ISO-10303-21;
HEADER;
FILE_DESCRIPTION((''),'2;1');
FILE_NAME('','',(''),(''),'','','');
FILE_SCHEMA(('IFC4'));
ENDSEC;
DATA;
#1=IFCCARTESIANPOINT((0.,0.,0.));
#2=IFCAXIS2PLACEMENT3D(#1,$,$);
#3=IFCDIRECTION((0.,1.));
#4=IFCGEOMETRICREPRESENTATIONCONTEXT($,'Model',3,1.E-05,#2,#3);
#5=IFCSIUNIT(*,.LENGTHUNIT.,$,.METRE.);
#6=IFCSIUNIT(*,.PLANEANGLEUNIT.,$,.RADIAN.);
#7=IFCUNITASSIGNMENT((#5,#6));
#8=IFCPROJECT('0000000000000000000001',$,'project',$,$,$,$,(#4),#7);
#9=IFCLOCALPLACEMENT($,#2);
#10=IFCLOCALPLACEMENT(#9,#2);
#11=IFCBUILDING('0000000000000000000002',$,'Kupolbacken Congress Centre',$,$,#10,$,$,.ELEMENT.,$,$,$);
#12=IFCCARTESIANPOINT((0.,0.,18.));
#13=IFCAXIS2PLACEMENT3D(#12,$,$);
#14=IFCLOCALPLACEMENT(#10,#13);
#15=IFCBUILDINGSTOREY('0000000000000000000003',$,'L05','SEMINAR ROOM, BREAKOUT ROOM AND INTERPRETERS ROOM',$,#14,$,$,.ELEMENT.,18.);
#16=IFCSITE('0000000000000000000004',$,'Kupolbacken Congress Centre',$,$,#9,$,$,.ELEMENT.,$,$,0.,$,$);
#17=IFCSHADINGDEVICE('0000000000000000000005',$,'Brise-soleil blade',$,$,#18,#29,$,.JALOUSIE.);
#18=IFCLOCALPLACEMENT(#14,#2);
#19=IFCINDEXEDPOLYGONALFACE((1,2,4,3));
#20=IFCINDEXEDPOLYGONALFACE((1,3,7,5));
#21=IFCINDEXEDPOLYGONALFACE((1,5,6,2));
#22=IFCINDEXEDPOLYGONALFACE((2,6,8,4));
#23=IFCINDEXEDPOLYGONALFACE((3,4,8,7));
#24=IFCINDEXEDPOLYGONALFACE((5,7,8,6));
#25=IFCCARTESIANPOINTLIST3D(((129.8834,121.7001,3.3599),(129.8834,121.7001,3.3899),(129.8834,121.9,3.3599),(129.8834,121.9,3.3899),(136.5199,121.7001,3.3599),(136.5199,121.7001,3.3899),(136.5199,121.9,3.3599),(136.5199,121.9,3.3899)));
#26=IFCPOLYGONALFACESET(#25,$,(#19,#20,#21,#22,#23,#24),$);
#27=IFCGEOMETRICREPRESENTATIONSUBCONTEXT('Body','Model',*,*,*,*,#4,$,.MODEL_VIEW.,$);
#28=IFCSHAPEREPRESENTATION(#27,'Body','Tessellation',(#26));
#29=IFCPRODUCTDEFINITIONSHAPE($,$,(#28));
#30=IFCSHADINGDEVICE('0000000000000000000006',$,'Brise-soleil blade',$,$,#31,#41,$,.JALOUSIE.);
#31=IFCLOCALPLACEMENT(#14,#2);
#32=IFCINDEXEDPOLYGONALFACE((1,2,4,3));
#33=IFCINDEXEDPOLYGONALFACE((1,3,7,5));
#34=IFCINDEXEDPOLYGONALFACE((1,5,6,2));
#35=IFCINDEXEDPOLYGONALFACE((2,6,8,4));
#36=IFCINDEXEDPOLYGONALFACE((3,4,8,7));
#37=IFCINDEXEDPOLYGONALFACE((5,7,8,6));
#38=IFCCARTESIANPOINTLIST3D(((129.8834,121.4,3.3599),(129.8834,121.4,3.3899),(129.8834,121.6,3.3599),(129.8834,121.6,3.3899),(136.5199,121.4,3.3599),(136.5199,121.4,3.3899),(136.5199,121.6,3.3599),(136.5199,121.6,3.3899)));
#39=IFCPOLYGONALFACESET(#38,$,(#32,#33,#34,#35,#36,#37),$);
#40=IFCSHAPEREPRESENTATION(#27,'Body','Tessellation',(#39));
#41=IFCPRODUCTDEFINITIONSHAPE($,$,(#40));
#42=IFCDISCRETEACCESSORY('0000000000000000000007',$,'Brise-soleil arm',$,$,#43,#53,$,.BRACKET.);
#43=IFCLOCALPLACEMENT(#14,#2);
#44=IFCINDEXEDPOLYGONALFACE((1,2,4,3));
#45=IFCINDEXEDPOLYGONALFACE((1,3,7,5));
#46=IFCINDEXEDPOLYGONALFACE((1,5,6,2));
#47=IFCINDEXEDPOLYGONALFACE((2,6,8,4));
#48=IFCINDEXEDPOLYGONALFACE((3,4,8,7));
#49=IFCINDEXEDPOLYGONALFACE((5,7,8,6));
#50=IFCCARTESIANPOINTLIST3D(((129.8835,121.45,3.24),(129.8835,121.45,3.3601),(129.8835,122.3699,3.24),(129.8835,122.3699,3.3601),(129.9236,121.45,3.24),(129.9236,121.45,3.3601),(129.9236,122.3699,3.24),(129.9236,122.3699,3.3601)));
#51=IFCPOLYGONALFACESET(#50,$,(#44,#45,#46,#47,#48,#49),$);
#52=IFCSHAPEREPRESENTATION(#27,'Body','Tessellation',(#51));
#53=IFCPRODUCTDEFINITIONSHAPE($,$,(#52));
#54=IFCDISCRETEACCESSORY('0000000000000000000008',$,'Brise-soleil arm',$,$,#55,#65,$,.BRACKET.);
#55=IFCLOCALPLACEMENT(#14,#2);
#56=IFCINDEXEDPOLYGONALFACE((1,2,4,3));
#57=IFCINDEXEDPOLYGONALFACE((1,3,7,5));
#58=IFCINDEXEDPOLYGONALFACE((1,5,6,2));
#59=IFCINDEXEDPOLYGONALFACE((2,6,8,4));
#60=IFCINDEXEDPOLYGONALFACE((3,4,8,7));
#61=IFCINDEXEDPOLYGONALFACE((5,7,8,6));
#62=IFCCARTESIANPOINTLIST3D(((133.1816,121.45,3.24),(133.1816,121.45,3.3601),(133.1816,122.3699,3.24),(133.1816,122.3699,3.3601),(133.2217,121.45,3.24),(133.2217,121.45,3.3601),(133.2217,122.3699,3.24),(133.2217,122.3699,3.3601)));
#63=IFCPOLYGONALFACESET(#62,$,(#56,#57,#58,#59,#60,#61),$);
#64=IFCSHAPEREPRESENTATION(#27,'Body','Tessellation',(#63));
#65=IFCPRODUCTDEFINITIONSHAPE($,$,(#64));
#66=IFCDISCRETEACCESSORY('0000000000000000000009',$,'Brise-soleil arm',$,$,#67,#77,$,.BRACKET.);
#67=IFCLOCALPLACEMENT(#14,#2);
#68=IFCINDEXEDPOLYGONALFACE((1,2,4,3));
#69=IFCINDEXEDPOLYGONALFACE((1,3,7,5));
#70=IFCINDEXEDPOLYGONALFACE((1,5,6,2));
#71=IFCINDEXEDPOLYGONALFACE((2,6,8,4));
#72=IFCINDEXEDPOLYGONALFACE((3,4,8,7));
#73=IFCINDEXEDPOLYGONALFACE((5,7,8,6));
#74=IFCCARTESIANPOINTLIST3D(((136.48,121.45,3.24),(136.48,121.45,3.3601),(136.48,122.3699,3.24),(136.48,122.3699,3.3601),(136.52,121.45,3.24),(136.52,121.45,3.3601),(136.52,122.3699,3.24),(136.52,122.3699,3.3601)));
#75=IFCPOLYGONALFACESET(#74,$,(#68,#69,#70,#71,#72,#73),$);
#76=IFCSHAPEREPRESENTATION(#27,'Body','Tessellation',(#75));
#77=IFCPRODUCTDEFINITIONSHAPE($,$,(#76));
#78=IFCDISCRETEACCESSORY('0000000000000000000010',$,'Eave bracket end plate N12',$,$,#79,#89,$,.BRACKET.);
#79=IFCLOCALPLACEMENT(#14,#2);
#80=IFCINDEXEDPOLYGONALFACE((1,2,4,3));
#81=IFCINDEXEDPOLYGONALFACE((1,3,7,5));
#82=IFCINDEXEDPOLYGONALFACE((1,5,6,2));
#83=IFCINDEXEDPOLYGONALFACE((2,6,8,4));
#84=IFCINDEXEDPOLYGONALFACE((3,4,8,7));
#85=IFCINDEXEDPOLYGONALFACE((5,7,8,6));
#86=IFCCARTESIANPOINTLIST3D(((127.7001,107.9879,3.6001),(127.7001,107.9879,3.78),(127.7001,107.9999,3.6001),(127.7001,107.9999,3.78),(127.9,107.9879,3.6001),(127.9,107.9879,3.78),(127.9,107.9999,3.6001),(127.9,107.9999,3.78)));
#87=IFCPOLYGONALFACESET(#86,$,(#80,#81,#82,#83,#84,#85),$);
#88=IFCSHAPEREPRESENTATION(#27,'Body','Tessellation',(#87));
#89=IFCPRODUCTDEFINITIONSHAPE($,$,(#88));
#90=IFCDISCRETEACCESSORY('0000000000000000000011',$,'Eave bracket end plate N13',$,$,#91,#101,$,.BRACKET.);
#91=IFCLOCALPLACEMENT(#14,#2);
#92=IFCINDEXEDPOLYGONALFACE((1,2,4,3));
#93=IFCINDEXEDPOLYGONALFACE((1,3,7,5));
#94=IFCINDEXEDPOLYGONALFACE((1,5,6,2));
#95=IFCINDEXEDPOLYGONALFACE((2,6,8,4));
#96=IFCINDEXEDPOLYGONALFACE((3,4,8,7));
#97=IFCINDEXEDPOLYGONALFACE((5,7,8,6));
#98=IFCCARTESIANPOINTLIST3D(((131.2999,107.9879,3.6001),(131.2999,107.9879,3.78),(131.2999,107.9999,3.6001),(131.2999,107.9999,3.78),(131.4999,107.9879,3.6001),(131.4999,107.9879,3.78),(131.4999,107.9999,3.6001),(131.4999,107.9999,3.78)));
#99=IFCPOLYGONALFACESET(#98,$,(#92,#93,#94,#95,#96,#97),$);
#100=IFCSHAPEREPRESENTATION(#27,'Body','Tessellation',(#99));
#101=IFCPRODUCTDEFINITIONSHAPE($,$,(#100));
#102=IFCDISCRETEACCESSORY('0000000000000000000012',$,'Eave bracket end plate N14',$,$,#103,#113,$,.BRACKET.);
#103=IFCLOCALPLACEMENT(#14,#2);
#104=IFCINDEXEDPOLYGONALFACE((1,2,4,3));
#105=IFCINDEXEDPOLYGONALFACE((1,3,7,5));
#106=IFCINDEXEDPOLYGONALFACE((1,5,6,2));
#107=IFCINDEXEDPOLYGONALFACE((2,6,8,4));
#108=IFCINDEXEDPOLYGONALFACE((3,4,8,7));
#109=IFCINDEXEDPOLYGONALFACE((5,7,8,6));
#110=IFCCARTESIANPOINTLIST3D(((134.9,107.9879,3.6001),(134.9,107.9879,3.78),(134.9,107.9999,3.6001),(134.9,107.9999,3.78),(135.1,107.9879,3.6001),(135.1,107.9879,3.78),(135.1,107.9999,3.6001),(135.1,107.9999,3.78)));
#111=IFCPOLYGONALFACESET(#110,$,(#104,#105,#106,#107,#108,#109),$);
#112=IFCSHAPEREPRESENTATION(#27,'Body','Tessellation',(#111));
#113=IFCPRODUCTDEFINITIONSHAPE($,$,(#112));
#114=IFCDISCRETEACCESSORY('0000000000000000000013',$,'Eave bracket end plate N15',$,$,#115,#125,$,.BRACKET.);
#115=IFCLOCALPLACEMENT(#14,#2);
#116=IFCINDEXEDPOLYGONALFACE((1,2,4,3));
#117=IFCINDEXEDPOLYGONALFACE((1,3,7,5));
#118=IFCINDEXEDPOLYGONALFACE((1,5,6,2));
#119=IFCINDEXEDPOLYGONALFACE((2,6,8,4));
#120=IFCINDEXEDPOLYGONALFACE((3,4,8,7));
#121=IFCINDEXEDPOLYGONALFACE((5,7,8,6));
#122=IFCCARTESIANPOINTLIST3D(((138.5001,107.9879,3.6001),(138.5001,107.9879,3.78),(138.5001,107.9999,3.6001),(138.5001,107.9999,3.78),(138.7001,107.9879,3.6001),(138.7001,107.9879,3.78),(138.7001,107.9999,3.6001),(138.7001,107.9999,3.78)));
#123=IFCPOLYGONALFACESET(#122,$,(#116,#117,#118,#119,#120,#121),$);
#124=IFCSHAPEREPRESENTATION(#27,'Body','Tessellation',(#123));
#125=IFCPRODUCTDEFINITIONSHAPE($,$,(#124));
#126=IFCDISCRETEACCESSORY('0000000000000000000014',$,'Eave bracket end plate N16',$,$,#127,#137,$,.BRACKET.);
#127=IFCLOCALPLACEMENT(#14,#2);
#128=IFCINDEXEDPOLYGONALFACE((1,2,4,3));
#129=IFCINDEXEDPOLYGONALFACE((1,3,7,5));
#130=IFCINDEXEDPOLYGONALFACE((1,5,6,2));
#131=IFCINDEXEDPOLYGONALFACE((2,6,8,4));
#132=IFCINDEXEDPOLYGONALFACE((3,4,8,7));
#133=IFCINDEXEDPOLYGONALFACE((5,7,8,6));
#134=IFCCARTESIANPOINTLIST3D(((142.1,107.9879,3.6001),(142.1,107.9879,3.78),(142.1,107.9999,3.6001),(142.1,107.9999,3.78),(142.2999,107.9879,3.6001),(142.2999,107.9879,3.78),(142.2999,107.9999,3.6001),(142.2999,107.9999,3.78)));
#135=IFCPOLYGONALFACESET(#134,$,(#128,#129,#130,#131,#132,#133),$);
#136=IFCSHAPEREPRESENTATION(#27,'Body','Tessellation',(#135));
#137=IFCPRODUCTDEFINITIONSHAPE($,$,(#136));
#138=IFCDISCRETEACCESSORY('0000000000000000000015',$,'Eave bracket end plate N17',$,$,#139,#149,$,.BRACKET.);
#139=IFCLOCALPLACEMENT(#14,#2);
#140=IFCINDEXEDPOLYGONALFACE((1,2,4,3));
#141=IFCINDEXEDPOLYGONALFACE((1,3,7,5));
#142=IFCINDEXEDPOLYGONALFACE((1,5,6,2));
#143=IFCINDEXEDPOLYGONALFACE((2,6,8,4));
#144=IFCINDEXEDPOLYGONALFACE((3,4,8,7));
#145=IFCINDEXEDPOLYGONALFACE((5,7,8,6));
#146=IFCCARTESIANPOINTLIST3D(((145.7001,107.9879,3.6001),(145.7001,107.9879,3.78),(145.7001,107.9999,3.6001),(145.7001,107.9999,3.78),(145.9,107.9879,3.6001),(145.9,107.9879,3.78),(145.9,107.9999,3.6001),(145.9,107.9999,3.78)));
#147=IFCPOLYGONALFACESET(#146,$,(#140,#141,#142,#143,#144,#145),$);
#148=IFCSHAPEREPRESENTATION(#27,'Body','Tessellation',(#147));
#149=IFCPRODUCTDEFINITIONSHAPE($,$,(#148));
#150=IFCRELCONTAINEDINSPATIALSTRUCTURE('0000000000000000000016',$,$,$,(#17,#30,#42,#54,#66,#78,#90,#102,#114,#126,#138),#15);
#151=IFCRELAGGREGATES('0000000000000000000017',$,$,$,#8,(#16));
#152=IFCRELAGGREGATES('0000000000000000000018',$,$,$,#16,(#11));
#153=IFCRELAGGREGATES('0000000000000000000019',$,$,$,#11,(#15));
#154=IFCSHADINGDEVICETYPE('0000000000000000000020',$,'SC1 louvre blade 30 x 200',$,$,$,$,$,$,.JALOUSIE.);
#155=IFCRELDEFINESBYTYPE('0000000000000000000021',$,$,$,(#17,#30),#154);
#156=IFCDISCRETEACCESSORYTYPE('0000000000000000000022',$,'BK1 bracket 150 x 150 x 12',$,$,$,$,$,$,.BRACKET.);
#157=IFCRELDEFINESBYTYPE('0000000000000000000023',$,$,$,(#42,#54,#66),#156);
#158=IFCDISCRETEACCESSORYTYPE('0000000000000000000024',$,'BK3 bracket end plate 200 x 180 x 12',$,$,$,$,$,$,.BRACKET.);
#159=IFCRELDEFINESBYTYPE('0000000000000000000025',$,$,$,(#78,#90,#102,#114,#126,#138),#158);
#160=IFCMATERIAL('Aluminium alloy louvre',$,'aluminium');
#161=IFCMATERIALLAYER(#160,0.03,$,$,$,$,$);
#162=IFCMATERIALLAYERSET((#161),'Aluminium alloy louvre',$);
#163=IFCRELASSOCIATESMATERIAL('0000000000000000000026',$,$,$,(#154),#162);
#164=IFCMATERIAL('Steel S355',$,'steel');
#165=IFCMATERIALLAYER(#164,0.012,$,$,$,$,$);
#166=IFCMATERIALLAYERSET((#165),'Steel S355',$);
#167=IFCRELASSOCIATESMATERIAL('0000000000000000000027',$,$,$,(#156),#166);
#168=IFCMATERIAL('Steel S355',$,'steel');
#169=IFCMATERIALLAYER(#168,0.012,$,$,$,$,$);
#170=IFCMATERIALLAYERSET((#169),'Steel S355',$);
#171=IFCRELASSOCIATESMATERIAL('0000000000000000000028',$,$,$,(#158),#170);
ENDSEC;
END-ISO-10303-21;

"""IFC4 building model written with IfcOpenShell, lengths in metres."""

from ifc_helpers import new_model, si_unit, direction, frame, origin, origin_2d, place, context, subcontext, project, spatial, rectangle, extrude, material, layer, layer_set, type_object, element, save


model = new_model("IFC4")

# Units and contexts
model_context = context("Model", 3, precision=1e-05, world=origin(), true_north=direction((0.0, 1.0)))
body_context = subcontext(model_context, "Body", "Model", "MODEL_VIEW")
ifc_project = project(units=[si_unit("LENGTHUNIT", "METRE"), si_unit("PLANEANGLEUNIT", "RADIAN")], contexts=[model_context])

# Site, building, storey
site_placement = place(None, origin())
site = spatial("IfcSite", under=ifc_project, at=site_placement, Name="Kupolbacken Congress Centre", CompositionType="ELEMENT", RefElevation=0.0)
building_placement = place(site_placement, origin())
building = spatial("IfcBuilding", under=site, at=building_placement, Name="Kupolbacken Congress Centre", CompositionType="ELEMENT")
storey_placement = place(building_placement, frame((0.0, 0.0, 18.0)))
storey = spatial("IfcBuildingStorey", under=building, at=storey_placement, Name="L05", Description="SEMINAR ROOM, BREAKOUT ROOM AND INTERPRETERS ROOM", CompositionType="ELEMENT", Elevation=18.0)

# Shading devices
ifc_material_1 = material(Name="Aluminium alloy louvre", Category="aluminium")
ifc_layer_1 = layer(ifc_material_1, 0.03)
ifc_layer_set_1 = layer_set([ifc_layer_1], Name="Aluminium alloy louvre")
shading_device_type = type_object("IfcShadingDeviceType", Name="SC1 louvre blade 30 x 200", PredefinedType="JALOUSIE", material=ifc_layer_set_1)
for number, where, z_axis, x_axis, name in (
    (1, (133.2017, 121.8, 3.3599), (0.0, 0.0, 1.0), (1.0, 0.0, 0.0), "Brise-soleil blade"),
    (2, (133.2017, 121.5, 3.3599), (0.0, 0.0, 1.0), (1.0, 0.0, 0.0), "Brise-soleil blade"),
):
    element("IfcShadingDevice", number, at=place(storey_placement, frame(where, z_axis=z_axis, x_axis=x_axis)), inside=storey, type_object=shading_device_type, Name=name, PredefinedType="JALOUSIE", context=body_context, shape_type="SweptSolid", body=[
        extrude(rectangle(XDim=6.6365, YDim=0.2, at=origin_2d()), origin(), (0.0, 0.0, 1.0), 0.03),
    ])

# Discrete accessories
ifc_material_2 = material(Name="Steel S355", Category="steel")
ifc_layer_2 = layer(ifc_material_2, 0.012)
ifc_layer_set_2 = layer_set([ifc_layer_2], Name="Steel S355")
discrete_accessory_type_1 = type_object("IfcDiscreteAccessoryType", Name="BK1 bracket 150 x 150 x 12", PredefinedType="BRACKET", material=ifc_layer_set_2)
for number, where, z_axis, x_axis, name in (
    (3, (129.9036, 121.9099, 3.24), (0.0, 0.0, 1.0), (1.0, 0.0, 0.0), "Brise-soleil arm"),
    (4, (133.2017, 121.9099, 3.24), (0.0, 0.0, 1.0), (1.0, 0.0, 0.0), "Brise-soleil arm"),
    (5, (136.5, 121.9099, 3.24), (0.0, 0.0, 1.0), (1.0, 0.0, 0.0), "Brise-soleil arm"),
):
    element("IfcDiscreteAccessory", number, at=place(storey_placement, frame(where, z_axis=z_axis, x_axis=x_axis)), inside=storey, type_object=discrete_accessory_type_1, Name=name, PredefinedType="BRACKET", context=body_context, shape_type="SweptSolid", body=[
        extrude(rectangle(XDim=0.04, YDim=0.9199, at=origin_2d()), origin(), (0.0, 0.0, 1.0), 0.1201),
    ])
ifc_material_3 = material(Name="Steel S355", Category="steel")
ifc_layer_3 = layer(ifc_material_3, 0.012)
ifc_layer_set_3 = layer_set([ifc_layer_3], Name="Steel S355")
discrete_accessory_type_2 = type_object("IfcDiscreteAccessoryType", Name="BK3 bracket end plate 200 x 180 x 12", PredefinedType="BRACKET", material=ifc_layer_set_3)
for number, where, z_axis, x_axis, name in (
    (6, (127.8, 107.9939, 3.6001), (0.0, 0.0, 1.0), (1.0, 0.0, 0.0), "Eave bracket end plate N12"),
    (7, (131.3999, 107.9939, 3.6001), (0.0, 0.0, 1.0), (1.0, 0.0, 0.0), "Eave bracket end plate N13"),
    (8, (135.0, 107.9939, 3.6001), (0.0, 0.0, 1.0), (1.0, 0.0, 0.0), "Eave bracket end plate N14"),
    (9, (138.6001, 107.9939, 3.6001), (0.0, 0.0, 1.0), (1.0, 0.0, 0.0), "Eave bracket end plate N15"),
    (10, (142.2, 107.9939, 3.6001), (0.0, 0.0, 1.0), (1.0, 0.0, 0.0), "Eave bracket end plate N16"),
    (11, (145.8, 107.9939, 3.6001), (0.0, 0.0, 1.0), (1.0, 0.0, 0.0), "Eave bracket end plate N17"),
):
    element("IfcDiscreteAccessory", number, at=place(storey_placement, frame(where, z_axis=z_axis, x_axis=x_axis)), inside=storey, type_object=discrete_accessory_type_2, Name=name, PredefinedType="BRACKET", context=body_context, shape_type="SweptSolid", body=[
        extrude(rectangle(XDim=0.2, YDim=0.012, at=origin_2d()), origin(), (0.0, 0.0, 1.0), 0.1799),
    ])

save(model, "model.ifc")
